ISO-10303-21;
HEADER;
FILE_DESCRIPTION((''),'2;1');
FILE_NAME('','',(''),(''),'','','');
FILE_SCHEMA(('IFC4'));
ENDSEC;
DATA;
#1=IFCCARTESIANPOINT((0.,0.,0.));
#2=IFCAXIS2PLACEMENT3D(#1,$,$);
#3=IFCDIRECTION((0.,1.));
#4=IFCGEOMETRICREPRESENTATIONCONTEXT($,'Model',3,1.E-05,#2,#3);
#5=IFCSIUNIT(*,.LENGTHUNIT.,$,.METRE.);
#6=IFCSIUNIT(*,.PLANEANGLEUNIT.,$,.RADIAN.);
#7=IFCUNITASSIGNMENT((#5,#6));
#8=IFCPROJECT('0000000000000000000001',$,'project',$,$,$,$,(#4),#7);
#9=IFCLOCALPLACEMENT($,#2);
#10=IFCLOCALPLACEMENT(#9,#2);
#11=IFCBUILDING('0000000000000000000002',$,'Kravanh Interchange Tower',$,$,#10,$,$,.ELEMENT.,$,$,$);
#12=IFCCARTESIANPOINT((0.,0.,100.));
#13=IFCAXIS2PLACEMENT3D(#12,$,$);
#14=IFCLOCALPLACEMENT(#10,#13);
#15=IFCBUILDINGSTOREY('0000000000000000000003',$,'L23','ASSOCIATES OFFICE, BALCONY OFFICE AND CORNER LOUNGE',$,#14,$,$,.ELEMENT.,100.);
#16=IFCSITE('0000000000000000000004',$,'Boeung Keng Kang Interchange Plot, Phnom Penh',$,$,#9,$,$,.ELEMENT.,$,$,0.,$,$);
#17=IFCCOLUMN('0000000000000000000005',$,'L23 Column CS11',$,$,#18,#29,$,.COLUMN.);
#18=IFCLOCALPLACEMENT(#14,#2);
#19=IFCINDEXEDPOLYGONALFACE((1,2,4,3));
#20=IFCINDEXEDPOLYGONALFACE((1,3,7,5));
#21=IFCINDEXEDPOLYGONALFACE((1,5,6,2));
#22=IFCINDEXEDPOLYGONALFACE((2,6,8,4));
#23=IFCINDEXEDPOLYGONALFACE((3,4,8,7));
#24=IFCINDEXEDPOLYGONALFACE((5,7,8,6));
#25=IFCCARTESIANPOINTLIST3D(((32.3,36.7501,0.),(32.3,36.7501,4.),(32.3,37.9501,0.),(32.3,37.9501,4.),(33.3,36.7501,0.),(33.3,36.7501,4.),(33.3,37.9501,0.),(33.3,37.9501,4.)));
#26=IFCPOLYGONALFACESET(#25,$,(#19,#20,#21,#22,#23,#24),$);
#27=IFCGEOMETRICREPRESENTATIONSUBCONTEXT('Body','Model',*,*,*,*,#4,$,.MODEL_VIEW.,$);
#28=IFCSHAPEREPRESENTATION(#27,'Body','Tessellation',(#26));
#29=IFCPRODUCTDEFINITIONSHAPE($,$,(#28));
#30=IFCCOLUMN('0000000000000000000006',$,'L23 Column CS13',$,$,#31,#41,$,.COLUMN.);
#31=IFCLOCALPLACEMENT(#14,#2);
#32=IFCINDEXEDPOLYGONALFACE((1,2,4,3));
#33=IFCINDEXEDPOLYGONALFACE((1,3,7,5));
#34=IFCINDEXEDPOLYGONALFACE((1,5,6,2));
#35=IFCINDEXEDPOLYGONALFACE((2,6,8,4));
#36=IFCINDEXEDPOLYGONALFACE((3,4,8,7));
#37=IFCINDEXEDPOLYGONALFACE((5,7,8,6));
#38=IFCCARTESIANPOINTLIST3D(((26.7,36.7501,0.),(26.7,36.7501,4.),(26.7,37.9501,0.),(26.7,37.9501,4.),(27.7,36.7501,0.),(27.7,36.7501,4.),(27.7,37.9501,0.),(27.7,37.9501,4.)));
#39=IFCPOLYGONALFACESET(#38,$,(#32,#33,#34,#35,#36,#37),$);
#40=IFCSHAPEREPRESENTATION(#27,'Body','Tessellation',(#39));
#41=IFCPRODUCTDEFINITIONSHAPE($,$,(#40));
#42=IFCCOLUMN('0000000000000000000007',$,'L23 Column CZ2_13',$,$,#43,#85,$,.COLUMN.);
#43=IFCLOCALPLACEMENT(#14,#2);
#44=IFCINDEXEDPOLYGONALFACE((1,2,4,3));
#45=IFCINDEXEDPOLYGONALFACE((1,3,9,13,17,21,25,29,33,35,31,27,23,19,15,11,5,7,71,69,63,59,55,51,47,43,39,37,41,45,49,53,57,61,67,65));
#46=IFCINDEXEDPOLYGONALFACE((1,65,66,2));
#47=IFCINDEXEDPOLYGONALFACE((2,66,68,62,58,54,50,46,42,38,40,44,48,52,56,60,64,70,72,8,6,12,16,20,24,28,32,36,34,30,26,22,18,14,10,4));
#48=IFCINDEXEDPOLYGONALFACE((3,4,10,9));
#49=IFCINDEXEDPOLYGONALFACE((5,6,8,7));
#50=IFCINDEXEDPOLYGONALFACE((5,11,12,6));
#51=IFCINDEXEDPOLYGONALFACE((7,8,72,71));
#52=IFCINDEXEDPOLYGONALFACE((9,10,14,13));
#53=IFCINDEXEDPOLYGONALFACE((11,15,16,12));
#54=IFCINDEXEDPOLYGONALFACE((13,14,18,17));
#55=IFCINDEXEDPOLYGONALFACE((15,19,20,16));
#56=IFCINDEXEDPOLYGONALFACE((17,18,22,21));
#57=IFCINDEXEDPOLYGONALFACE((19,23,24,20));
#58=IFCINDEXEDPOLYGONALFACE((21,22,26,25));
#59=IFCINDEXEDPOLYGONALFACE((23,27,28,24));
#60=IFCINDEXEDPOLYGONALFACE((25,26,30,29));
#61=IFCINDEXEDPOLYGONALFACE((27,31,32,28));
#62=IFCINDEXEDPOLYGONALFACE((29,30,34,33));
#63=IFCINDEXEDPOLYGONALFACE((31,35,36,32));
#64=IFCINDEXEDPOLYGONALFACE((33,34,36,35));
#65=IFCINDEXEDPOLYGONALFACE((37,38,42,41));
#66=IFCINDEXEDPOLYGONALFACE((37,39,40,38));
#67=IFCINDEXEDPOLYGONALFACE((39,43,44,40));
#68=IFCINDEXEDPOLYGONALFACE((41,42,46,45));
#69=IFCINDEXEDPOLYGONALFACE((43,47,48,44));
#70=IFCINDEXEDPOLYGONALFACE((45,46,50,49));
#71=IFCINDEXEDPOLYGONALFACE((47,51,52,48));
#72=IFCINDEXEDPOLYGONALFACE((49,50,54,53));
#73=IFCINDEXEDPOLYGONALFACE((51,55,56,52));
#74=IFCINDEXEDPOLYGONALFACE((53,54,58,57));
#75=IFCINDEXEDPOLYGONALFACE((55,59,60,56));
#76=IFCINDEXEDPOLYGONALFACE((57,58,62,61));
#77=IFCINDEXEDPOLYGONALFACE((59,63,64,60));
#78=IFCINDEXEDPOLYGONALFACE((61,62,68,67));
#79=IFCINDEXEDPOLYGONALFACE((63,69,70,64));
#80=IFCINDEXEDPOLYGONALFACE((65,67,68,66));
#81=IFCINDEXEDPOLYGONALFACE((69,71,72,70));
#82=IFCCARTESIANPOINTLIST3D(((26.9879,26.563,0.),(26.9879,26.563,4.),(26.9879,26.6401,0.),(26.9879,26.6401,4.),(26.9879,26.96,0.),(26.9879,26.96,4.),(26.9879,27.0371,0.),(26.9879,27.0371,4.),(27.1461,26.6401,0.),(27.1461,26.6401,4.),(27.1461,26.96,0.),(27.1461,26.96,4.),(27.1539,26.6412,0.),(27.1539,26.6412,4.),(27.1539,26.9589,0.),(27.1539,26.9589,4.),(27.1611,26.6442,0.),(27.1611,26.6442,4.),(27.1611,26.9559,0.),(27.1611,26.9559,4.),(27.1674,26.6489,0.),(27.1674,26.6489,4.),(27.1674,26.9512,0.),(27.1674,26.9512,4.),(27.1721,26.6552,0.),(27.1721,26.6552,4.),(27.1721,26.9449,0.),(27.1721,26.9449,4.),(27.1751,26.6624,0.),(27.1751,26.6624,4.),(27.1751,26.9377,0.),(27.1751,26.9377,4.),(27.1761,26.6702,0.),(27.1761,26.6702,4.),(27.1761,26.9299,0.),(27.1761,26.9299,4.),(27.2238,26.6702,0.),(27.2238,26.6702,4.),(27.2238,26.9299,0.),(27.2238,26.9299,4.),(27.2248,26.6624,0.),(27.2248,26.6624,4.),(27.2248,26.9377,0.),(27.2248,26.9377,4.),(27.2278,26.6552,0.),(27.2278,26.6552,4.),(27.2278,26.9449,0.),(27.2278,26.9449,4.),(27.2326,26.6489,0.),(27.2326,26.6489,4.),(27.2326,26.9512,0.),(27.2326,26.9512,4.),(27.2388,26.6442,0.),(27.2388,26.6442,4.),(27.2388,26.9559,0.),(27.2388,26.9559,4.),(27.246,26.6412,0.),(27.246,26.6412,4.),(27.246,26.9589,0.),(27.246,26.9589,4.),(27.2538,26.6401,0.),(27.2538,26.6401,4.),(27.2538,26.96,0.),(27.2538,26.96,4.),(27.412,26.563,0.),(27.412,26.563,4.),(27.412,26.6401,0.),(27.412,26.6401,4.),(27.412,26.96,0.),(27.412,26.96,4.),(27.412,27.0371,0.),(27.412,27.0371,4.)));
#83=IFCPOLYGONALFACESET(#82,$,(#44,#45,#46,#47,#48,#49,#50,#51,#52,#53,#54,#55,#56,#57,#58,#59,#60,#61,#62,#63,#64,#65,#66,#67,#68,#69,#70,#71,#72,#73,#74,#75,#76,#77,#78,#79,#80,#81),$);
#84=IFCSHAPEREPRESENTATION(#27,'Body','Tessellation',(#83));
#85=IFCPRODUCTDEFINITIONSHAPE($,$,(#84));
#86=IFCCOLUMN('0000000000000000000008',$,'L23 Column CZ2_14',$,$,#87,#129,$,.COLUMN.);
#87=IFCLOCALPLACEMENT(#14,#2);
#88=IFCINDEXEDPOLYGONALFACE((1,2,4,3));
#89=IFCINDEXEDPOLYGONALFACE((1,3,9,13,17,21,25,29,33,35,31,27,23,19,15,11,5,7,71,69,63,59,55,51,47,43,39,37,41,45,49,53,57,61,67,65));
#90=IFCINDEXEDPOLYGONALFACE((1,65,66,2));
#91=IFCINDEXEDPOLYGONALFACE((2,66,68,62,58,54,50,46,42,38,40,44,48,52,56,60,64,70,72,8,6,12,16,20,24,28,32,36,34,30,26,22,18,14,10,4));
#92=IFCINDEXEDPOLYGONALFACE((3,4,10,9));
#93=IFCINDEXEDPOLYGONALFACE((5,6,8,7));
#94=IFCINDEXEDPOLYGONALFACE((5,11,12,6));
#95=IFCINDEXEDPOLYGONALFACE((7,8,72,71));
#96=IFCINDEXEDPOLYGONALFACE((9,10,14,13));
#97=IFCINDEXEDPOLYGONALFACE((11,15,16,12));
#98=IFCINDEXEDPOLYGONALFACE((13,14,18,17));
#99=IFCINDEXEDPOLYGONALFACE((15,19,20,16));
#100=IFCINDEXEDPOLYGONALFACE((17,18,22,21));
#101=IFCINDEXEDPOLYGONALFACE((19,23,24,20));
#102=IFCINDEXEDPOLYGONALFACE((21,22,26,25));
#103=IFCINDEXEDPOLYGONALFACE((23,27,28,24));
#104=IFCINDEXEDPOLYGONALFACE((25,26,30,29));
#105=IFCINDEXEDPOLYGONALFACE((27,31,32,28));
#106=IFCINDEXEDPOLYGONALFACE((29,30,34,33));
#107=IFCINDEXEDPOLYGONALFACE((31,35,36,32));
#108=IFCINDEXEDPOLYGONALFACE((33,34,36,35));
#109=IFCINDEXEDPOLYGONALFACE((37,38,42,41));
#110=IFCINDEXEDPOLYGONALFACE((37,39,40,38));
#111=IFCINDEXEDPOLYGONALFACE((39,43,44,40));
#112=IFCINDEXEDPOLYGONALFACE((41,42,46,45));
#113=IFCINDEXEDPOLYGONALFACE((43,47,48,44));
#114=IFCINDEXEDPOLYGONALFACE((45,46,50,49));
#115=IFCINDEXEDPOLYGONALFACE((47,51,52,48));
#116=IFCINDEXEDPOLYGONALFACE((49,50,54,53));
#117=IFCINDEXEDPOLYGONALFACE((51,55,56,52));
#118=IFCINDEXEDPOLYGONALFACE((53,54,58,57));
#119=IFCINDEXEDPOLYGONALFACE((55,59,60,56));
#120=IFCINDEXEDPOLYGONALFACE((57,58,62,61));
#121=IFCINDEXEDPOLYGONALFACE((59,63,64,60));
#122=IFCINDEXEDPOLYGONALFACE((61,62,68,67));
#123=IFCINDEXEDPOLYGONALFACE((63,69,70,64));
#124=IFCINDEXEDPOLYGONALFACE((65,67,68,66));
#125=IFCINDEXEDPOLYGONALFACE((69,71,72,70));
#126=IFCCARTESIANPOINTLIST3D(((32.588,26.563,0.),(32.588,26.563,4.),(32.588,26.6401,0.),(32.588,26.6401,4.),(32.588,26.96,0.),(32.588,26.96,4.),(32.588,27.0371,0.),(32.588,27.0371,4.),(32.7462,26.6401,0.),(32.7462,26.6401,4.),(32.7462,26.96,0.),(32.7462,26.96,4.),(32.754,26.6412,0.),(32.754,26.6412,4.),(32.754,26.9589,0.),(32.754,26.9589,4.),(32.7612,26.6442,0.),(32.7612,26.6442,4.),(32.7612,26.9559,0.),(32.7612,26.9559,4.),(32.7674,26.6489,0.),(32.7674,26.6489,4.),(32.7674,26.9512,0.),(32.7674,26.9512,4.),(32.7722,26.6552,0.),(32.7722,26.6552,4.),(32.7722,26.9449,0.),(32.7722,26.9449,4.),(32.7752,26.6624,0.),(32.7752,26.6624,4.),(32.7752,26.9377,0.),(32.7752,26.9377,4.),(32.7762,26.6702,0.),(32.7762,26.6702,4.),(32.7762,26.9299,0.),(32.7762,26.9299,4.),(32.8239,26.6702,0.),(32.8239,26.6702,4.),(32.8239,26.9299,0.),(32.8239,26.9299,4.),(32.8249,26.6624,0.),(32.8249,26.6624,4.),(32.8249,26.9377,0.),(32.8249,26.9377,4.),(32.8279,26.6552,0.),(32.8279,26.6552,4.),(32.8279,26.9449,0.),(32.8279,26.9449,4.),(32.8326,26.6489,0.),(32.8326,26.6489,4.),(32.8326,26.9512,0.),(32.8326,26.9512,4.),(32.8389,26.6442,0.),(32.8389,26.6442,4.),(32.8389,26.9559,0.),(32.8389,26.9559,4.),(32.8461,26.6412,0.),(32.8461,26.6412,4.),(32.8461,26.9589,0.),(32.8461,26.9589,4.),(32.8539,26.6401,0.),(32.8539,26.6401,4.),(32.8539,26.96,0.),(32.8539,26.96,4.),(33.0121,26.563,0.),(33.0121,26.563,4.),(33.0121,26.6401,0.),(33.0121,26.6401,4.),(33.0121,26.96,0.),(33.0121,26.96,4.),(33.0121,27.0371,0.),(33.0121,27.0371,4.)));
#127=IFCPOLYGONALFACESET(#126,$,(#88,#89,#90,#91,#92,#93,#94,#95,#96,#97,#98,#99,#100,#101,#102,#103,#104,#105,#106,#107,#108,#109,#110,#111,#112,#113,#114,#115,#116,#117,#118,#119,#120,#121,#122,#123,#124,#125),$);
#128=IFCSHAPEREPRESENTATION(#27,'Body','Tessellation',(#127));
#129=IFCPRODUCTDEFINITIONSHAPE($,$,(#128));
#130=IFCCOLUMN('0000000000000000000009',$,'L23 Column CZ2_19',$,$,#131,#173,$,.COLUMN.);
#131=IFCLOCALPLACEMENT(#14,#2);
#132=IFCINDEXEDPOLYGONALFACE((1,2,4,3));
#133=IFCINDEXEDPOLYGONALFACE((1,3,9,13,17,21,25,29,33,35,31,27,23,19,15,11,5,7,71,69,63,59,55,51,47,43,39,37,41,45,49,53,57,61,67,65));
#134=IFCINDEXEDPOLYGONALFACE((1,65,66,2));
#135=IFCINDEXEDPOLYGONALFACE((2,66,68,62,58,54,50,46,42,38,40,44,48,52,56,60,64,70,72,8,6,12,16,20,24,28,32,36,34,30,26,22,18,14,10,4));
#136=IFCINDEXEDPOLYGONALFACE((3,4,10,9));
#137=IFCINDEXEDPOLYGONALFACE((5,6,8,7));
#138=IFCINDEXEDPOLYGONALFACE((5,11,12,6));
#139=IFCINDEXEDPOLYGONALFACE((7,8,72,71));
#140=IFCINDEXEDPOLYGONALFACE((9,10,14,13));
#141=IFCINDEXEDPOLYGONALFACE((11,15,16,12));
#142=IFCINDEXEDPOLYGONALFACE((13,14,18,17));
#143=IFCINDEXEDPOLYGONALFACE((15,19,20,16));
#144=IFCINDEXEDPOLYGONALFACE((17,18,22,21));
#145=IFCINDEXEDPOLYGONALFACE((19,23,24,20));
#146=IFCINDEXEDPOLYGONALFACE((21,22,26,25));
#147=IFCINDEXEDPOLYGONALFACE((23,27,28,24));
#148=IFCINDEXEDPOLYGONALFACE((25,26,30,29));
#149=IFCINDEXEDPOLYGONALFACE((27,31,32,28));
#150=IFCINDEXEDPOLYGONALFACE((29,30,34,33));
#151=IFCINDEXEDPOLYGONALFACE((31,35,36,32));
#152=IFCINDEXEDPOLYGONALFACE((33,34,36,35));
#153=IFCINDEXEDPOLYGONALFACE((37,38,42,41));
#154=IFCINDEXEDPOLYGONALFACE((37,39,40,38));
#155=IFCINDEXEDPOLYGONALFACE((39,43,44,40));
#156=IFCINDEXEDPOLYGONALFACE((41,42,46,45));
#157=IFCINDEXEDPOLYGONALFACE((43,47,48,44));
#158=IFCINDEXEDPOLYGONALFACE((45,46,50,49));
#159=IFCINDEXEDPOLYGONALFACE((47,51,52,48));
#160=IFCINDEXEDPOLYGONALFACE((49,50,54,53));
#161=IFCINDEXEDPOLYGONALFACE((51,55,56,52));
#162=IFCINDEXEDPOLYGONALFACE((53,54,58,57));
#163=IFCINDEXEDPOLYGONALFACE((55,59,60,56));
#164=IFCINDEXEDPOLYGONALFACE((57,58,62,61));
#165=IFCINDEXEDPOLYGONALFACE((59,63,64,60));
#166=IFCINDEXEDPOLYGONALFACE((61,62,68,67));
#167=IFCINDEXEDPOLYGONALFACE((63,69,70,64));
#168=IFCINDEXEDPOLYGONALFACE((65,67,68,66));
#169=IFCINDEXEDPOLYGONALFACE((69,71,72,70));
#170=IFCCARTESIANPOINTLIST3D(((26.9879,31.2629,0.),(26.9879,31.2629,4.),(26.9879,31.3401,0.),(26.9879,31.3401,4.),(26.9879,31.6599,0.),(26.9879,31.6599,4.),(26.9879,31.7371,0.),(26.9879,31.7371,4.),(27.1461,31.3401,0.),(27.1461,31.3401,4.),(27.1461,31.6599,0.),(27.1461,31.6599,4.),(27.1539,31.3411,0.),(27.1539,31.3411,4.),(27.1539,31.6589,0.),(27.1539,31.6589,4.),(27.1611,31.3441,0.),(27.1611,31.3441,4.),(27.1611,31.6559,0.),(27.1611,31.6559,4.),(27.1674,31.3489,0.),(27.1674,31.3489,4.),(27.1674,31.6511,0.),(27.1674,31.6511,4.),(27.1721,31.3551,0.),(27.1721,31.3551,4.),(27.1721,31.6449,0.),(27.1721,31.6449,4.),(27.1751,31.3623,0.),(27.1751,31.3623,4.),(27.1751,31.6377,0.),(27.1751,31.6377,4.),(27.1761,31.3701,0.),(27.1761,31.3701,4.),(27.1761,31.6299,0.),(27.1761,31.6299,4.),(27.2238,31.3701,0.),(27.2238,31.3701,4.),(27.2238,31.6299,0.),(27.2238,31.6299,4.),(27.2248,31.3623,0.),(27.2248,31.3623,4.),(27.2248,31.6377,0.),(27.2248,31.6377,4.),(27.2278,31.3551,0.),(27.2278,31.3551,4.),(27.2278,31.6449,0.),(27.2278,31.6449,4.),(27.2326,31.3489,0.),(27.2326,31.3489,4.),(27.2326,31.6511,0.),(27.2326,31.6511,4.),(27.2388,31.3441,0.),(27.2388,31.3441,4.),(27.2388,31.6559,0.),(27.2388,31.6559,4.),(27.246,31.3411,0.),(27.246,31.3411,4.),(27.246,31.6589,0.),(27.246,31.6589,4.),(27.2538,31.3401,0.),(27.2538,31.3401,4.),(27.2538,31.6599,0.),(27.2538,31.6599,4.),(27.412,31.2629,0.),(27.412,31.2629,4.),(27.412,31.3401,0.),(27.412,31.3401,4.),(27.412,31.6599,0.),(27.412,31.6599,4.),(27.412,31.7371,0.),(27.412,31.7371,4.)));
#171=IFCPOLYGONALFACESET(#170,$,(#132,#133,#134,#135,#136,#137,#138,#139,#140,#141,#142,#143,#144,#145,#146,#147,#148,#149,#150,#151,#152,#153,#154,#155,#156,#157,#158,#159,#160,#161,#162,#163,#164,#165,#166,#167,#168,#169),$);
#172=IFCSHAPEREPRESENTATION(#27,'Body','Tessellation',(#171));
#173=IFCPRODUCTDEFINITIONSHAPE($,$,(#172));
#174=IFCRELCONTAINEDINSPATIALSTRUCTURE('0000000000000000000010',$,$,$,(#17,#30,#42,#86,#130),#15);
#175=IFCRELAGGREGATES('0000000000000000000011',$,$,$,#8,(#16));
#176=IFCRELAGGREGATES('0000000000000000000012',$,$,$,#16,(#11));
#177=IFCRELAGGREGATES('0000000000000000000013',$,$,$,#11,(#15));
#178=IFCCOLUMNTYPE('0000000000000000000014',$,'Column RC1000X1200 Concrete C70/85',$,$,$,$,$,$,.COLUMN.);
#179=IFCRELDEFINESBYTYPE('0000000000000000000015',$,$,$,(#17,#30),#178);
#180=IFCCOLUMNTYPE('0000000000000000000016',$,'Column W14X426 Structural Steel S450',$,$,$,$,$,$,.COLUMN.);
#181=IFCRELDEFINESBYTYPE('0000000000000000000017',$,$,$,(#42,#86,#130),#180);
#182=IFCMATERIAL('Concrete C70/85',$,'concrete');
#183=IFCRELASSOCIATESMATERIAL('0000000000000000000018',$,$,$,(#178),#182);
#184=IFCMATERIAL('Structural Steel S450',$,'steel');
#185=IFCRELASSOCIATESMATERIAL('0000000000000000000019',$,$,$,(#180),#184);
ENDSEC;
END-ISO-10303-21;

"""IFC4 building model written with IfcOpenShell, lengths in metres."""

from ifc_helpers import new_model, si_unit, direction, frame, origin, origin_2d, place, context, subcontext, project, spatial, rectangle, i_section, extrude, material, material_profile, profile_set, type_object, element, save


model = new_model("IFC4")

# Units and contexts
model_context = context("Model", 3, precision=1e-05, world=origin(), true_north=direction((0.0, 1.0)))
body_context = subcontext(model_context, "Body", "Model", "MODEL_VIEW")
ifc_project = project(units=[si_unit("LENGTHUNIT", "METRE"), si_unit("PLANEANGLEUNIT", "RADIAN")], contexts=[model_context])

# Site, building, storey
site_placement = place(None, origin())
site = spatial("IfcSite", under=ifc_project, at=site_placement, Name="Boeung Keng Kang Interchange Plot, Phnom Penh", CompositionType="ELEMENT", RefElevation=0.0)
building_placement = place(site_placement, origin())
building = spatial("IfcBuilding", under=site, at=building_placement, Name="Kravanh Interchange Tower", CompositionType="ELEMENT")
storey_placement = place(building_placement, frame((0.0, 0.0, 100.0)))
storey = spatial("IfcBuildingStorey", under=building, at=storey_placement, Name="L23", Description="ASSOCIATES OFFICE, BALCONY OFFICE AND CORNER LOUNGE", CompositionType="ELEMENT", Elevation=100.0)

# Columns
ifc_material_1 = material(Name="Concrete C70/85", Category="concrete")
ifc_material_profile_1 = material_profile(ifc_material_1, rectangle(XDim=1.0, YDim=1.2, at=origin_2d()), Name="RC1000X1200")
ifc_profile_set_1 = profile_set([ifc_material_profile_1], Name="Concrete C70/85")
column_type_1 = type_object("IfcColumnType", Name="Column RC1000X1200 Concrete C70/85", PredefinedType="COLUMN", material=ifc_profile_set_1)
for number, where, z_axis, x_axis, name in (
    (1, (32.8, 37.3501, 0.0), (0.0, 0.0, 1.0), (1.0, 0.0, 0.0), "L23 Column CS11"),
    (2, (27.2, 37.3501, 0.0), (0.0, 0.0, 1.0), (1.0, 0.0, 0.0), "L23 Column CS13"),
):
    element("IfcColumn", number, at=place(storey_placement, frame(where, z_axis=z_axis, x_axis=x_axis)), inside=storey, type_object=column_type_1, Name=name, PredefinedType="COLUMN", context=body_context, shape_type="SweptSolid", body=[
        extrude(rectangle(XDim=1.0, YDim=1.2, at=origin_2d()), origin(), (0.0, 0.0, 1.0), 4.0),
    ])
ifc_material_2 = material(Name="Structural Steel S450", Category="steel")
ifc_material_profile_2 = material_profile(ifc_material_2, i_section(OverallWidth=0.4241, OverallDepth=0.4741, WebThickness=0.0476, FlangeThickness=0.0771, FilletRadius=0.03, at=origin_2d()), Name="W14X426")
ifc_profile_set_2 = profile_set([ifc_material_profile_2], Name="Structural Steel S450")
column_type_2 = type_object("IfcColumnType", Name="Column W14X426 Structural Steel S450", PredefinedType="COLUMN", material=ifc_profile_set_2)
for number, where, z_axis, x_axis, name in (
    (3, (27.2, 26.8, 0.0), (0.0, 0.0, 1.0), (1.0, 0.0, 0.0), "L23 Column CZ2_13"),
    (4, (32.8, 26.8, 0.0), (0.0, 0.0, 1.0), (1.0, 0.0, 0.0), "L23 Column CZ2_14"),
    (5, (27.2, 31.5, 0.0), (0.0, 0.0, 1.0), (1.0, 0.0, 0.0), "L23 Column CZ2_19"),
):
    element("IfcColumn", number, at=place(storey_placement, frame(where, z_axis=z_axis, x_axis=x_axis)), inside=storey, type_object=column_type_2, Name=name, PredefinedType="COLUMN", context=body_context, shape_type="SweptSolid", body=[
        extrude(i_section(OverallWidth=0.4241, OverallDepth=0.4741, WebThickness=0.0476, FlangeThickness=0.0771, FilletRadius=0.03, at=origin_2d()), origin(), (0.0, 0.0, 1.0), 4.0),
    ])

save(model, "model.ifc")
